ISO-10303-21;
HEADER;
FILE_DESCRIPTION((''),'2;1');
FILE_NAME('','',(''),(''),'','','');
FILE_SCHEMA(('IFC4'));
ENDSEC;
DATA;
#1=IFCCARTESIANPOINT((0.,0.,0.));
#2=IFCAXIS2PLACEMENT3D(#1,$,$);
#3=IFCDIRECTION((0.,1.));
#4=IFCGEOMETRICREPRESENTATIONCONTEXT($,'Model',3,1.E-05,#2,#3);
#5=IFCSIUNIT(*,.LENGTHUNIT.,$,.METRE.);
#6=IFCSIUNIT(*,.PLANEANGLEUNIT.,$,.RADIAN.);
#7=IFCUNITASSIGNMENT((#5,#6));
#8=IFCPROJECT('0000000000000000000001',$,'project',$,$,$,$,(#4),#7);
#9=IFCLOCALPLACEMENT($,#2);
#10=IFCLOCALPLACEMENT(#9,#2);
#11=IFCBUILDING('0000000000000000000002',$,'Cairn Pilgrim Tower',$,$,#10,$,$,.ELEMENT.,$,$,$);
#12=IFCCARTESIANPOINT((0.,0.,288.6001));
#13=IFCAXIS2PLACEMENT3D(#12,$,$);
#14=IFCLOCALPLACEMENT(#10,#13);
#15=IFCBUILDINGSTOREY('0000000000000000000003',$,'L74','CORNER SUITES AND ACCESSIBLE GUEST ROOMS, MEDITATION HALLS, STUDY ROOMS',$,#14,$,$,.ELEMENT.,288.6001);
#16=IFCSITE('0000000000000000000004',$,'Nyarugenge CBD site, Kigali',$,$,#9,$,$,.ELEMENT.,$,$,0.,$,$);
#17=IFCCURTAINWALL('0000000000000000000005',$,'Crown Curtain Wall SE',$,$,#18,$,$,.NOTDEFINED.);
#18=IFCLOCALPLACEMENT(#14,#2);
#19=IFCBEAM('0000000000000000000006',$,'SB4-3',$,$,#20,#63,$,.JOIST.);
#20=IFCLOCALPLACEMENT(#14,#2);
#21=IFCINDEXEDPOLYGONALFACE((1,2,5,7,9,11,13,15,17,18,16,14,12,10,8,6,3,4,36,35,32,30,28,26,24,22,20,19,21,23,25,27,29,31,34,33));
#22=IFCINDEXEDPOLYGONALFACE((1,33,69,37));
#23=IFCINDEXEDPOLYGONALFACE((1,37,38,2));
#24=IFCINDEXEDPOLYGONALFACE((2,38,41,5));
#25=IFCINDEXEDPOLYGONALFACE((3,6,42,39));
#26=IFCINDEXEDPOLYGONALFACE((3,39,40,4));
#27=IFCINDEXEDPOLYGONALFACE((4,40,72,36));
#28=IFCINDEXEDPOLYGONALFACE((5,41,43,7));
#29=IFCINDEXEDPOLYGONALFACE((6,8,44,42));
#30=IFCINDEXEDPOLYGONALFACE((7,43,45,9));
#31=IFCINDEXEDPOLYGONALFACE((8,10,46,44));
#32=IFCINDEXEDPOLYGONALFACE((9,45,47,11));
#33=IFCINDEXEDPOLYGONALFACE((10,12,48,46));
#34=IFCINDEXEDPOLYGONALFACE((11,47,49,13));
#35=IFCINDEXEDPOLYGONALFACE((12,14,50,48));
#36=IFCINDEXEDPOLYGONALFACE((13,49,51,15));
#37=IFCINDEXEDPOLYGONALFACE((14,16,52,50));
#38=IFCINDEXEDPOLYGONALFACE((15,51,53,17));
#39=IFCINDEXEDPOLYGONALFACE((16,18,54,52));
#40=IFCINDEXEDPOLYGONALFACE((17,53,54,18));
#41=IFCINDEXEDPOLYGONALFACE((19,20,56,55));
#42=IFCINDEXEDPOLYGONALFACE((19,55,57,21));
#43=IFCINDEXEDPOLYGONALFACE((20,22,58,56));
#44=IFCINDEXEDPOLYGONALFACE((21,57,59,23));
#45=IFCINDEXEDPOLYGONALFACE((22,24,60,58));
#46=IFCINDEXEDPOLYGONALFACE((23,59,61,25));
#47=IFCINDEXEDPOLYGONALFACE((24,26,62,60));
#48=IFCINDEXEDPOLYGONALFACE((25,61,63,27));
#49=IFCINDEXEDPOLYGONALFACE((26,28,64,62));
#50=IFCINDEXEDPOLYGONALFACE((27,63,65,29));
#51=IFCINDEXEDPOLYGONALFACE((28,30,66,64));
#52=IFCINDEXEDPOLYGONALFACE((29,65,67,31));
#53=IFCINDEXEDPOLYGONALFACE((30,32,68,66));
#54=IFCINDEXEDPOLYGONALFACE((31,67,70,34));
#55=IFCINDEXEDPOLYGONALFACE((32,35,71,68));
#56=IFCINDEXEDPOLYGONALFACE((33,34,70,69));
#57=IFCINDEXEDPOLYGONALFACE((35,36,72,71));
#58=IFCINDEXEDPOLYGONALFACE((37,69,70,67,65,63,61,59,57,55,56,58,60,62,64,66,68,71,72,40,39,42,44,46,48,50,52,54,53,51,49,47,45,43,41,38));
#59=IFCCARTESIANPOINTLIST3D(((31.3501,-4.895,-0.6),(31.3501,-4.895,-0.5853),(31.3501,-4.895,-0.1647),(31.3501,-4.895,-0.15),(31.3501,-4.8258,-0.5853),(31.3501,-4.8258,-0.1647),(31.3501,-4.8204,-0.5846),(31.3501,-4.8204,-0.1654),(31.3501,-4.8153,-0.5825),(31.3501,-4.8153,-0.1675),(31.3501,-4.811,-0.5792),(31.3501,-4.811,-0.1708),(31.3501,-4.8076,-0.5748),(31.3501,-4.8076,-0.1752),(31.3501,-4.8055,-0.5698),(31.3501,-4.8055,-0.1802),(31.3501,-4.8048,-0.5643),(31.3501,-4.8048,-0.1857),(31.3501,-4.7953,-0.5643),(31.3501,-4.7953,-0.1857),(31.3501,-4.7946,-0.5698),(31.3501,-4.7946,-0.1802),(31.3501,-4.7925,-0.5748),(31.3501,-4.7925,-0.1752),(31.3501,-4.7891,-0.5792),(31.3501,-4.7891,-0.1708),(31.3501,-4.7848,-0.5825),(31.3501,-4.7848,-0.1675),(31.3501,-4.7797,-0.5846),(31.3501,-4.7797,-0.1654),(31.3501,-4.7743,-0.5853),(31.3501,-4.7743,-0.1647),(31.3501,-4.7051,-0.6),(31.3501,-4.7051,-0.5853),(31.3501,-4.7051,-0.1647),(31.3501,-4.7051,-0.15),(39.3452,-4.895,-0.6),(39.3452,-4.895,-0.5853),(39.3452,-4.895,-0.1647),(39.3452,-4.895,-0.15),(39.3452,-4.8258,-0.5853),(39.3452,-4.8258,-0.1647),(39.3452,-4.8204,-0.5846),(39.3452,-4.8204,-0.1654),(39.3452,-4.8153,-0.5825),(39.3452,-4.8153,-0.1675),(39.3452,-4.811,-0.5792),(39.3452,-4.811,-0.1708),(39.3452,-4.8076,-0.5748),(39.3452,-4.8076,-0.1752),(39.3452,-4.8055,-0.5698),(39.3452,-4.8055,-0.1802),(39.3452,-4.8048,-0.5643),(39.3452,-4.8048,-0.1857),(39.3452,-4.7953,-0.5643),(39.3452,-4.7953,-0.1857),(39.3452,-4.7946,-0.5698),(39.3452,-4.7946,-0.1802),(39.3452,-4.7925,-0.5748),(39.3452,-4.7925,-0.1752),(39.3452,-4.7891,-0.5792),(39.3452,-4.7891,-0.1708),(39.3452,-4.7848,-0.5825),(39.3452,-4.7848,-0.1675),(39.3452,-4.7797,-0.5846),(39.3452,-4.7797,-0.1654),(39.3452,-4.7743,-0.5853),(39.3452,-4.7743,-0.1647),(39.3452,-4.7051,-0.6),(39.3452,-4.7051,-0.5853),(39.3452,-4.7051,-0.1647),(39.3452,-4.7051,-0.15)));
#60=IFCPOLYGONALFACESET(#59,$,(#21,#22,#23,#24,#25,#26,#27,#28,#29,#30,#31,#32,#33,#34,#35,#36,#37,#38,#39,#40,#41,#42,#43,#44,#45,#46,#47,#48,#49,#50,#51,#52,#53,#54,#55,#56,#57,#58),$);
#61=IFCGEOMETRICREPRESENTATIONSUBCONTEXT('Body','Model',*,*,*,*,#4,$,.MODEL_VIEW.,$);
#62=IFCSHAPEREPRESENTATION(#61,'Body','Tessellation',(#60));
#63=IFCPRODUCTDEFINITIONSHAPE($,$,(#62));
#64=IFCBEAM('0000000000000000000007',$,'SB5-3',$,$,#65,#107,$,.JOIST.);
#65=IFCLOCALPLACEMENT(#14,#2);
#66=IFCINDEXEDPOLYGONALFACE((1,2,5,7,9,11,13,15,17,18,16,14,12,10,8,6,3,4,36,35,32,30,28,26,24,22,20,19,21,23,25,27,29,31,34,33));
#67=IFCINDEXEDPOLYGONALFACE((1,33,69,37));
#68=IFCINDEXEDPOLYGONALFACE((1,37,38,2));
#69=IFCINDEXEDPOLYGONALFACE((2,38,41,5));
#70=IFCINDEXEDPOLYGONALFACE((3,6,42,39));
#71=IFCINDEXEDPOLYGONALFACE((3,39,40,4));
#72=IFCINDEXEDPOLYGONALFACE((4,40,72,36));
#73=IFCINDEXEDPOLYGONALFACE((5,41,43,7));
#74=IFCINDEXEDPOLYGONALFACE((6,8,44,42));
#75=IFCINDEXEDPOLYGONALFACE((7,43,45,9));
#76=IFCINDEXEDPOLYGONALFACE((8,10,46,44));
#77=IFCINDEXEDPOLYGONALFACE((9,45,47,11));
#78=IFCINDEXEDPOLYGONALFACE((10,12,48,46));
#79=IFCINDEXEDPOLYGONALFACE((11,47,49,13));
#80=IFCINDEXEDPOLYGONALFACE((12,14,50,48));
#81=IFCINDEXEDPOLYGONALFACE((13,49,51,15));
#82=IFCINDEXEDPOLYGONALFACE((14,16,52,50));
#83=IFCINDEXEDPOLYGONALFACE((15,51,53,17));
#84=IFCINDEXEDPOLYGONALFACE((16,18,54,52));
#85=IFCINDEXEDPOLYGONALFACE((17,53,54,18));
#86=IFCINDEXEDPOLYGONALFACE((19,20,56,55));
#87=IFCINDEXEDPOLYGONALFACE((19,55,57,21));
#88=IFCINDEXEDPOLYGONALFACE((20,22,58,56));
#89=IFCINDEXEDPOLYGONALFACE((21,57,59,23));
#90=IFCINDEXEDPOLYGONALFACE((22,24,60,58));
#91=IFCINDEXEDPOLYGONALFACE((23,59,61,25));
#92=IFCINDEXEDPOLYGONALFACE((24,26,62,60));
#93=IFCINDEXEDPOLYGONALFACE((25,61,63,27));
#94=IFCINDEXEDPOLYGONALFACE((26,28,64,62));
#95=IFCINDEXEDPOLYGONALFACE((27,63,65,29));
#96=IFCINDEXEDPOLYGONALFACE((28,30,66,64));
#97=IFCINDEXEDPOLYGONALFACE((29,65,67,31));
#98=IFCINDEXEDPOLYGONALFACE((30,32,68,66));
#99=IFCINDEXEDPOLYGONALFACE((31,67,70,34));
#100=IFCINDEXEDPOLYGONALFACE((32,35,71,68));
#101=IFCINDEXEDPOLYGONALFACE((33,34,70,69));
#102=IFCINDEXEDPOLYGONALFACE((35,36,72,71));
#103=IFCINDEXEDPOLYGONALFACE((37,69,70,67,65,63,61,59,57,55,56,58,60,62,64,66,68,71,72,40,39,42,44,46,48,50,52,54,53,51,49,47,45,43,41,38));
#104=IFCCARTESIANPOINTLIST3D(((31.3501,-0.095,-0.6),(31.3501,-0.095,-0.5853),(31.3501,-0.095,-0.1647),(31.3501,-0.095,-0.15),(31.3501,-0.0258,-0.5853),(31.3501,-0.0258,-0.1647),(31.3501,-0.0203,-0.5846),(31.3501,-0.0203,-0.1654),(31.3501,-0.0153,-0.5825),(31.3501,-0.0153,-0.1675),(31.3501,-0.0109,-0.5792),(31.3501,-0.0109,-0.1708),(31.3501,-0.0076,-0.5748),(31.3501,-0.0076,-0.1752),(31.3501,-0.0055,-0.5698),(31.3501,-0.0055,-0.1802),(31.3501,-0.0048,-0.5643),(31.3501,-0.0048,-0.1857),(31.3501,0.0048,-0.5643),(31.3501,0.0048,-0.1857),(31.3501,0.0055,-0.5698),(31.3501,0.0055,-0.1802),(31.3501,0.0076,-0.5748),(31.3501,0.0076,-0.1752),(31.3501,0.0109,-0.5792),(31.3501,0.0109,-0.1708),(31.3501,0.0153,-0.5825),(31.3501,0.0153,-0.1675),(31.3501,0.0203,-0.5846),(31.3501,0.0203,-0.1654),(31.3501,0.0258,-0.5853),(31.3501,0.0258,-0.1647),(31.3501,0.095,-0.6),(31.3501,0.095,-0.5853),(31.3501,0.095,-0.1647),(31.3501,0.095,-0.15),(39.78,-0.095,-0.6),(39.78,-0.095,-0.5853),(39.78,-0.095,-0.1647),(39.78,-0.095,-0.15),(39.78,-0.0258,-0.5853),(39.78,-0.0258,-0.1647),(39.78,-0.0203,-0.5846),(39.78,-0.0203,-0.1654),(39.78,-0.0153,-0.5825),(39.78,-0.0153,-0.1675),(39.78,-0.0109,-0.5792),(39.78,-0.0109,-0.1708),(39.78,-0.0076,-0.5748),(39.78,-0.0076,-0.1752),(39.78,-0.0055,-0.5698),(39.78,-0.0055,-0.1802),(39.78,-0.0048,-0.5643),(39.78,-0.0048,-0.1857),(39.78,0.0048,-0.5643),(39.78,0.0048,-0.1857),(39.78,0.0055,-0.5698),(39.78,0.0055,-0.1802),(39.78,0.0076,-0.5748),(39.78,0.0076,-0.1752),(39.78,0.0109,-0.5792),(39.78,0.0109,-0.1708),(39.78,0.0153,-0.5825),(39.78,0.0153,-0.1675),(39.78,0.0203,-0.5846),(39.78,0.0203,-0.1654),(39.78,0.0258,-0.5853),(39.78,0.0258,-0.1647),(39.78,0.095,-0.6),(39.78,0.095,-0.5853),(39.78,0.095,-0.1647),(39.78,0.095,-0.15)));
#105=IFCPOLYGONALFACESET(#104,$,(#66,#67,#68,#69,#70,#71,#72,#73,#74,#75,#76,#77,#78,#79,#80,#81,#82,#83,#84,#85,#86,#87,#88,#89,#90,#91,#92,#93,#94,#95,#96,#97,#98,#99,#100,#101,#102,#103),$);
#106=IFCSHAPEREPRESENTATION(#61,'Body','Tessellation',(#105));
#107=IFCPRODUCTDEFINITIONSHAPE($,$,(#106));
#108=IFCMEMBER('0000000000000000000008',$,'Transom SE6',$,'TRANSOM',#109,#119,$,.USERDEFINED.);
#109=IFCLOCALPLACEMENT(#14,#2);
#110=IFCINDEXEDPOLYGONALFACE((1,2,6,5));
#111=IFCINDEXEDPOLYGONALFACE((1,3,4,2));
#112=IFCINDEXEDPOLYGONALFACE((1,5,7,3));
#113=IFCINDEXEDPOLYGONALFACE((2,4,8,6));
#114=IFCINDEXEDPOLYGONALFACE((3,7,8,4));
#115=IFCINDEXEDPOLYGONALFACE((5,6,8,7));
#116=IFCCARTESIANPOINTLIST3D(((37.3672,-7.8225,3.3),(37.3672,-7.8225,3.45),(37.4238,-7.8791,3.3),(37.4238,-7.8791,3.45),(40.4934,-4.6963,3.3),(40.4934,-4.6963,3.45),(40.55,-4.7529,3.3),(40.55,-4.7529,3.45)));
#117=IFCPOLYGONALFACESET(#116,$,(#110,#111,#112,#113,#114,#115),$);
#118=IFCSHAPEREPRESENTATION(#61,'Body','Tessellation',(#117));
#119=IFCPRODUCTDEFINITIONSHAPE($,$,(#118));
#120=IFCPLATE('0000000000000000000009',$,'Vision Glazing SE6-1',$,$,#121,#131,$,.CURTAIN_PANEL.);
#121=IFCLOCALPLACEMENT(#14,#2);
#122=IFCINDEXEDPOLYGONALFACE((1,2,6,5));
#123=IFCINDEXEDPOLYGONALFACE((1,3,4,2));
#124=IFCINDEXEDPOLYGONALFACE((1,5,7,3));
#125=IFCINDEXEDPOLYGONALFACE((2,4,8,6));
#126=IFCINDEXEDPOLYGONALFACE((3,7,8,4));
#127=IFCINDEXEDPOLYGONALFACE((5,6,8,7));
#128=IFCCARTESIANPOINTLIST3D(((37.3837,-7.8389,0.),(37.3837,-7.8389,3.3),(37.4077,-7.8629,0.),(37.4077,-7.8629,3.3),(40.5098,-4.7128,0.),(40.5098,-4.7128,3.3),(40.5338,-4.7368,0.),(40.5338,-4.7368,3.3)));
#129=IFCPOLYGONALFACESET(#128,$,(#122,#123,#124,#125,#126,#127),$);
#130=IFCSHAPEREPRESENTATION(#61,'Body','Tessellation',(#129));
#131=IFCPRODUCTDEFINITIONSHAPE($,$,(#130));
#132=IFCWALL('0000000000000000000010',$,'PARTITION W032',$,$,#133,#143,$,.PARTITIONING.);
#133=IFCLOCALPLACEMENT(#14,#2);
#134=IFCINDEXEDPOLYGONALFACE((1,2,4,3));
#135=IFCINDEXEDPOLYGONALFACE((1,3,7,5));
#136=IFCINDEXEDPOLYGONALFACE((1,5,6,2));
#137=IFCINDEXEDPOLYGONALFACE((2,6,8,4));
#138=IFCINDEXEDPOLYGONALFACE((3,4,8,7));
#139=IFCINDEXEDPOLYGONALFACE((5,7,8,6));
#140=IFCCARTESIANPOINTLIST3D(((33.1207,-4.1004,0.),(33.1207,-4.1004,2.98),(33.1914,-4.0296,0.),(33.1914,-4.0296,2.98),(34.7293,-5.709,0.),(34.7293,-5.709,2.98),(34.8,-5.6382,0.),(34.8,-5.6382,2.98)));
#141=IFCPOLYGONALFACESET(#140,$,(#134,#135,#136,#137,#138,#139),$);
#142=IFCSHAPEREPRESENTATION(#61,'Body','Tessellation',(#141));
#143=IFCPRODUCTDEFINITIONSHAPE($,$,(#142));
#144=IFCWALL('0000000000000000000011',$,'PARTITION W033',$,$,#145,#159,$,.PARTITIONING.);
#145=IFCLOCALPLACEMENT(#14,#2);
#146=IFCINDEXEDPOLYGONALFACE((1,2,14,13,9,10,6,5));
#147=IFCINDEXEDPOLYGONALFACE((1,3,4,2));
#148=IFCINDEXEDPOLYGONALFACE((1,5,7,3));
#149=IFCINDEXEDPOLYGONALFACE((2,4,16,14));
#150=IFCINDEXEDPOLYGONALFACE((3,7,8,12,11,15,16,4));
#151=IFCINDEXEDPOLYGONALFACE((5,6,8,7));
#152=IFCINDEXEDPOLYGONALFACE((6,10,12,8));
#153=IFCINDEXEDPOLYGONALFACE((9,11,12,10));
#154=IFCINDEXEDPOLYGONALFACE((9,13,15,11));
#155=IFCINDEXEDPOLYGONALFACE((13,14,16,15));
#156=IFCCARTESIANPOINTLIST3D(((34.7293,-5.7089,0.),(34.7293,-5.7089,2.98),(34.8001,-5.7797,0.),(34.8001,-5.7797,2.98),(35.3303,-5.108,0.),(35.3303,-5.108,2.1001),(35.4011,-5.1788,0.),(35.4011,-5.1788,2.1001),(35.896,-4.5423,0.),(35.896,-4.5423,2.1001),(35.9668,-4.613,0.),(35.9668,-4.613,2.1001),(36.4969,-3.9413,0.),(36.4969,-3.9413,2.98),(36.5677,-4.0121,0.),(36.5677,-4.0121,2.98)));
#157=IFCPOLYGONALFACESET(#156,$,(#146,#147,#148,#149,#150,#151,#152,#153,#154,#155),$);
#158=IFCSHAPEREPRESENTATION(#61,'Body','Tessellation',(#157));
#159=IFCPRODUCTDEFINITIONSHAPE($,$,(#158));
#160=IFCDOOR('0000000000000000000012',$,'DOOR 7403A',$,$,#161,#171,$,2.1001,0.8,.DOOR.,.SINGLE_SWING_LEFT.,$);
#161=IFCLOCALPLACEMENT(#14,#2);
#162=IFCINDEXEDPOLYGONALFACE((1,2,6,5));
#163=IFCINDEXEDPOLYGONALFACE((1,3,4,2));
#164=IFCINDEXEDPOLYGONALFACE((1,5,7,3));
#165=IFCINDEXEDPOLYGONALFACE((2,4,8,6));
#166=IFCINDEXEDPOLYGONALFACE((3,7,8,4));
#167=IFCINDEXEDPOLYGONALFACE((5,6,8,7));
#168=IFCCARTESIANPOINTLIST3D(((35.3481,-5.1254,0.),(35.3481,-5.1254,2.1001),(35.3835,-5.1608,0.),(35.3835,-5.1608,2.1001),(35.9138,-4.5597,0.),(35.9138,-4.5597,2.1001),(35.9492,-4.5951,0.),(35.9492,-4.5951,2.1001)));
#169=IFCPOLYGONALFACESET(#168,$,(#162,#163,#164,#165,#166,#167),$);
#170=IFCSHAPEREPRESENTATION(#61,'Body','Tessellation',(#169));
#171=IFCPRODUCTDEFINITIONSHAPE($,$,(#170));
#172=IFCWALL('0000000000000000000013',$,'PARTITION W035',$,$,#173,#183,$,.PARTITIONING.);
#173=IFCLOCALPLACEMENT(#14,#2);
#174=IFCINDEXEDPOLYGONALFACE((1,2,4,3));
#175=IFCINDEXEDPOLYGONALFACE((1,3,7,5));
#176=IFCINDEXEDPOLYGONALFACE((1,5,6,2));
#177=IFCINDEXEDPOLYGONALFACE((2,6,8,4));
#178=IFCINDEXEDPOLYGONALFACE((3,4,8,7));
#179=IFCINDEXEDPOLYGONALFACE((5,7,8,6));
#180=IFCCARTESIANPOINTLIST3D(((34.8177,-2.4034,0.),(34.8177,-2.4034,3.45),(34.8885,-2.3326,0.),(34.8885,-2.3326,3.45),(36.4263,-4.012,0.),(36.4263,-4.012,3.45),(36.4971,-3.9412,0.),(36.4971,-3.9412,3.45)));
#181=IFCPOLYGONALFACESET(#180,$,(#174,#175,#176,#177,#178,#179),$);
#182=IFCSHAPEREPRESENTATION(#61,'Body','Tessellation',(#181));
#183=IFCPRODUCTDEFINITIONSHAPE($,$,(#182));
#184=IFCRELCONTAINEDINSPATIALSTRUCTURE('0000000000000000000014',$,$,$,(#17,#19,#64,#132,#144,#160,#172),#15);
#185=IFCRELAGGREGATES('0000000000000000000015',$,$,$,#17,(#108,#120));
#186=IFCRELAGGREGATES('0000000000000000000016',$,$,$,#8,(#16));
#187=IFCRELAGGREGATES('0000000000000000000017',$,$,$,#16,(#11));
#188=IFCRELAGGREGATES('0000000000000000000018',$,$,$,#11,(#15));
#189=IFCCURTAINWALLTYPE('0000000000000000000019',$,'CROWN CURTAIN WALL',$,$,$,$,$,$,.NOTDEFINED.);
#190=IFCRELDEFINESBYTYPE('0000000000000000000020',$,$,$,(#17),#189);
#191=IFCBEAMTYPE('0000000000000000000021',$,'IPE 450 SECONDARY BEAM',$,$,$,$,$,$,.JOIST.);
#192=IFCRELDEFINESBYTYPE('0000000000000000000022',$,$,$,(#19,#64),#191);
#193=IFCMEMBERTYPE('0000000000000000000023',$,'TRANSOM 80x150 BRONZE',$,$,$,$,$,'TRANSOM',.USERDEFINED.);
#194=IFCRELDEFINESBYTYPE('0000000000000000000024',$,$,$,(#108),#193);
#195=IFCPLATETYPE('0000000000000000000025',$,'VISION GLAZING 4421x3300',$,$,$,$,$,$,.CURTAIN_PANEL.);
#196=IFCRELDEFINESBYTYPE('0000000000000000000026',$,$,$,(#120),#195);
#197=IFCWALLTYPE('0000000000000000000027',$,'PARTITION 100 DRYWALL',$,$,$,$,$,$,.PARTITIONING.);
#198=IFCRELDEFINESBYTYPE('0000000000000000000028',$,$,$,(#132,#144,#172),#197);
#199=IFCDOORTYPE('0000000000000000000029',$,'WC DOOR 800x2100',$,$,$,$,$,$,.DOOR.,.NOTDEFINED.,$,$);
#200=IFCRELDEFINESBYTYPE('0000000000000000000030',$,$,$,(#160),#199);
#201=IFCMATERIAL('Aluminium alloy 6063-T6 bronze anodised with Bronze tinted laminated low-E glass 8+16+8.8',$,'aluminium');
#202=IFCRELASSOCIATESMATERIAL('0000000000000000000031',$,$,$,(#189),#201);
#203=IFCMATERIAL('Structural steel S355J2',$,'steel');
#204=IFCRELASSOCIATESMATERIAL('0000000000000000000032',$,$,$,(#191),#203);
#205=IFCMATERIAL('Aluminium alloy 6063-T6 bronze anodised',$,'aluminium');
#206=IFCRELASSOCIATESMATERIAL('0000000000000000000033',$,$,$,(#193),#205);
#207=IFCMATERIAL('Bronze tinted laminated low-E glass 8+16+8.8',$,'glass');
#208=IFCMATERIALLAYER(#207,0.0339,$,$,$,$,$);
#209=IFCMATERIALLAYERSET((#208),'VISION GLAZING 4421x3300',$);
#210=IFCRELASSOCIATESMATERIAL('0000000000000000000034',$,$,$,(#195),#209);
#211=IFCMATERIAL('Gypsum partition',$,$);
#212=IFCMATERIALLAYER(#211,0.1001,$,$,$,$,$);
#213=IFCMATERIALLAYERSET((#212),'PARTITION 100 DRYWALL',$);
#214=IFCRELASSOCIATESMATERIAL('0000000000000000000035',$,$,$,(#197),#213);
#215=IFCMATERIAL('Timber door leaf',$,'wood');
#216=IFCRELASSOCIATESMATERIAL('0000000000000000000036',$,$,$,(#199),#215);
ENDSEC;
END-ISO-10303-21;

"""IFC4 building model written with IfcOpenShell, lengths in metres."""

from ifc_helpers import new_model, si_unit, direction, frame, frame_2d, origin, origin_2d, place, context, subcontext, project, spatial, rectangle, i_section, extrude, material, layer, layer_set, material_profile, profile_set, type_object, element, fill, aggregate, save


model = new_model("IFC4")

# Units and contexts
model_context = context("Model", 3, precision=1e-05, world=origin(), true_north=direction((0.0, 1.0)))
body_context = subcontext(model_context, "Body", "Model", "MODEL_VIEW")
ifc_project = project(units=[si_unit("LENGTHUNIT", "METRE"), si_unit("PLANEANGLEUNIT", "RADIAN")], contexts=[model_context])

# Site, building, storey
site_placement = place(None, origin())
site = spatial("IfcSite", under=ifc_project, at=site_placement, Name="Nyarugenge CBD site, Kigali", CompositionType="ELEMENT", RefElevation=0.0)
building_placement = place(site_placement, origin())
building = spatial("IfcBuilding", under=site, at=building_placement, Name="Cairn Pilgrim Tower", CompositionType="ELEMENT")
storey_placement = place(building_placement, frame((0.0, 0.0, 288.6001)))
storey = spatial("IfcBuildingStorey", under=building, at=storey_placement, Name="L74", Description="CORNER SUITES AND ACCESSIBLE GUEST ROOMS, MEDITATION HALLS, STUDY ROOMS", CompositionType="ELEMENT", Elevation=288.6001)

# Shared definitions
ifc_material_1 = material(Name="Structural steel S355J2", Category="steel")

# Curtain wall
ifc_material_2 = material(Name="Aluminium alloy 6063-T6 bronze anodised with Bronze tinted laminated low-E glass 8+16+8.8", Category="aluminium")
curtain_wall_type = type_object("IfcCurtainWallType", Name="CROWN CURTAIN WALL", PredefinedType="NOTDEFINED", material=ifc_material_2)
curtain_wall_1_placement = place(storey_placement, origin())
curtain_wall_1 = element("IfcCurtainWall", 1, at=curtain_wall_1_placement, inside=storey, type_object=curtain_wall_type, Name="Crown Curtain Wall SE", PredefinedType="NOTDEFINED")
ifc_material_3 = material(Name="Aluminium alloy 6063-T6 bronze anodised", Category="aluminium")

# Beams
ifc_material_profile_1 = material_profile(ifc_material_1, i_section(OverallWidth=0.1899, OverallDepth=0.45, WebThickness=0.0095, FlangeThickness=0.0146, FilletRadius=0.021, at=origin_2d()), Name="IPE 450")
ifc_profile_set_1 = profile_set([ifc_material_profile_1], Name="Structural steel S355J2")
beam_type_1 = type_object("IfcBeamType", Name="IPE 450 SECONDARY BEAM", PredefinedType="JOIST", material=ifc_profile_set_1)
beam_1_placement = place(storey_placement, frame((31.3501, -4.8, -0.375), z_axis=(1.0, 0.0, 0.0), x_axis=(0.0, 1.0, 0.0)))
element("IfcBeam", 2, at=beam_1_placement, inside=storey, type_object=beam_type_1, Name="SB4-3", PredefinedType="JOIST", context=body_context, shape_type="SweptSolid", body=[
    extrude(i_section(OverallWidth=0.1899, OverallDepth=0.45, WebThickness=0.0095, FlangeThickness=0.0146, FilletRadius=0.021, at=origin_2d()), origin(), (0.0, 0.0, 1.0), 7.9951),
])
beam_2_placement = place(storey_placement, frame((31.3501, 0.0, -0.375), z_axis=(1.0, 0.0, 0.0), x_axis=(0.0, 1.0, 0.0)))
element("IfcBeam", 3, at=beam_2_placement, inside=storey, type_object=beam_type_1, Name="SB5-3", PredefinedType="JOIST", context=body_context, shape_type="SweptSolid", body=[
    extrude(i_section(OverallWidth=0.1899, OverallDepth=0.45, WebThickness=0.0095, FlangeThickness=0.0146, FilletRadius=0.021, at=origin_2d()), origin(), (0.0, 0.0, 1.0), 8.4299),
])

# Member
ifc_material_profile_2 = material_profile(ifc_material_3, rectangle(XDim=0.0801, YDim=0.1499, at=origin_2d()), Name="TRANSOM 80x150 BRONZE")
ifc_profile_set_2 = profile_set([ifc_material_profile_2], Name="Aluminium alloy 6063-T6 bronze anodised")
member_type_1 = type_object("IfcMemberType", Name="TRANSOM 80x150 BRONZE", ElementType="TRANSOM", PredefinedType="USERDEFINED", material=ifc_profile_set_2)
member_1_placement = place(storey_placement, frame((37.3955, -7.8508, 3.375), z_axis=(0.707107, 0.707107, 0.0), x_axis=(-0.707107, 0.707107, 0.0)))
member_1 = element("IfcMember", 4, at=member_1_placement, type_object=member_type_1, Name="Transom SE6", ObjectType="TRANSOM", PredefinedType="USERDEFINED", context=body_context, shape_type="SweptSolid", body=[
    extrude(rectangle(XDim=0.0801, YDim=0.1499, at=origin_2d()), origin(), (0.0, 0.0, 1.0), 4.4211),
])

# Plate
ifc_material_4 = material(Name="Bronze tinted laminated low-E glass 8+16+8.8", Category="glass")
ifc_layer_1 = layer(ifc_material_4, 0.0339)
ifc_layer_set_1 = layer_set([ifc_layer_1], Name="VISION GLAZING 4421x3300")
plate_type = type_object("IfcPlateType", Name="VISION GLAZING 4421x3300", PredefinedType="CURTAIN_PANEL", material=ifc_layer_set_1)
plate_placement = place(storey_placement, frame((38.9587, -6.2878, 0.0), z_axis=(0.0, 0.0, 1.0), x_axis=(0.707107, 0.707107, 0.0)))
plate = element("IfcPlate", 5, at=plate_placement, type_object=plate_type, Name="Vision Glazing SE6-1", PredefinedType="CURTAIN_PANEL", context=body_context, shape_type="SweptSolid", body=[
    extrude(rectangle(XDim=4.4209, YDim=0.0339, at=origin_2d()), origin(), (0.0, 0.0, 1.0), 3.3),
])
aggregate(curtain_wall_1, [member_1, plate])

# Wall
ifc_material_5 = material(Name="Gypsum partition")
ifc_layer_2 = layer(ifc_material_5, 0.1001)
ifc_layer_set_2 = layer_set([ifc_layer_2], Name="PARTITION 100 DRYWALL")
wall_type_1 = type_object("IfcWallType", Name="PARTITION 100 DRYWALL", PredefinedType="PARTITIONING", material=ifc_layer_set_2)
wall_1_placement = place(storey_placement, frame((34.7646, -5.6736, 0.0), z_axis=(0.0, 0.0, 1.0), x_axis=(-0.707107, 0.707107, 0.0)))
element("IfcWall", 6, at=wall_1_placement, inside=storey, type_object=wall_type_1, Name="PARTITION W032", PredefinedType="PARTITIONING", context=body_context, shape_type="SweptSolid", body=[
    extrude(rectangle(XDim=2.2749, YDim=0.1001, at=frame_2d((1.1375, 0.0))), origin(), (0.0, 0.0, 1.0), 2.98),
])

# Wall, opening, door
wall_2_placement = place(storey_placement, frame((34.7646, -5.7444, 0.0), z_axis=(0.0, 0.0, 1.0), x_axis=(0.707107, 0.707107, 0.0)))
wall_2 = element("IfcWall", 7, at=wall_2_placement, inside=storey, type_object=wall_type_1, Name="PARTITION W033", PredefinedType="PARTITIONING", context=body_context, shape_type="SweptSolid", body=[
    extrude(rectangle(XDim=2.4998, YDim=0.1001, at=frame_2d((1.25, 0.0))), origin(), (0.0, 0.0, 1.0), 2.98),
])
opening_1_placement = place(wall_2_placement, frame((0.8501, 0.0, 0.0)))
opening_1 = element("IfcOpeningElement", 8, at=opening_1_placement, cuts=wall_2, PredefinedType="OPENING", context=body_context, shape_type="SweptSolid", body=[
    extrude(rectangle(XDim=0.8, YDim=2.1001, at=frame_2d((0.3999, 1.05))), frame((0.0, 0.0601, 0.0), z_axis=(0.0, -1.0, 0.0), x_axis=(1.0, 0.0, 0.0)), (0.0, 0.0, 1.0), 0.1201),
])
ifc_material_6 = material(Name="Timber door leaf", Category="wood")
door_type_1 = type_object("IfcDoorType", Name="WC DOOR 800x2100", OperationType="NOTDEFINED", PredefinedType="DOOR", material=ifc_material_6)
door_1_placement = place(opening_1_placement, frame((0.8, 0.0, 0.0), z_axis=(0.0, 0.0, 1.0), x_axis=(-1.0, 0.0, 0.0)))
door_1 = element("IfcDoor", 9, at=door_1_placement, inside=storey, type_object=door_type_1, Name="DOOR 7403A", OperationType="SINGLE_SWING_LEFT", OverallHeight=2.1001, OverallWidth=0.8, PredefinedType="DOOR", context=body_context, shape_type="SweptSolid", body=[
    extrude(rectangle(XDim=0.8, YDim=2.1001, at=frame_2d((0.3999, 1.05))), frame((0.0, 0.0249, 0.0), z_axis=(0.0, -1.0, 0.0), x_axis=(1.0, 0.0, 0.0)), (0.0, 0.0, 1.0), 0.05),
])
fill(opening_1, door_1)

# Wall
wall_3_placement = place(storey_placement, frame((36.4617, -3.9766, 0.0), z_axis=(0.0, 0.0, 1.0), x_axis=(-0.707107, 0.707107, 0.0)))
element("IfcWall", 10, at=wall_3_placement, inside=storey, type_object=wall_type_1, Name="PARTITION W035", PredefinedType="PARTITIONING", context=body_context, shape_type="SweptSolid", body=[
    extrude(rectangle(XDim=2.2749, YDim=0.1001, at=frame_2d((1.1375, 0.0))), origin(), (0.0, 0.0, 1.0), 3.45),
])

save(model, "model.ifc")
